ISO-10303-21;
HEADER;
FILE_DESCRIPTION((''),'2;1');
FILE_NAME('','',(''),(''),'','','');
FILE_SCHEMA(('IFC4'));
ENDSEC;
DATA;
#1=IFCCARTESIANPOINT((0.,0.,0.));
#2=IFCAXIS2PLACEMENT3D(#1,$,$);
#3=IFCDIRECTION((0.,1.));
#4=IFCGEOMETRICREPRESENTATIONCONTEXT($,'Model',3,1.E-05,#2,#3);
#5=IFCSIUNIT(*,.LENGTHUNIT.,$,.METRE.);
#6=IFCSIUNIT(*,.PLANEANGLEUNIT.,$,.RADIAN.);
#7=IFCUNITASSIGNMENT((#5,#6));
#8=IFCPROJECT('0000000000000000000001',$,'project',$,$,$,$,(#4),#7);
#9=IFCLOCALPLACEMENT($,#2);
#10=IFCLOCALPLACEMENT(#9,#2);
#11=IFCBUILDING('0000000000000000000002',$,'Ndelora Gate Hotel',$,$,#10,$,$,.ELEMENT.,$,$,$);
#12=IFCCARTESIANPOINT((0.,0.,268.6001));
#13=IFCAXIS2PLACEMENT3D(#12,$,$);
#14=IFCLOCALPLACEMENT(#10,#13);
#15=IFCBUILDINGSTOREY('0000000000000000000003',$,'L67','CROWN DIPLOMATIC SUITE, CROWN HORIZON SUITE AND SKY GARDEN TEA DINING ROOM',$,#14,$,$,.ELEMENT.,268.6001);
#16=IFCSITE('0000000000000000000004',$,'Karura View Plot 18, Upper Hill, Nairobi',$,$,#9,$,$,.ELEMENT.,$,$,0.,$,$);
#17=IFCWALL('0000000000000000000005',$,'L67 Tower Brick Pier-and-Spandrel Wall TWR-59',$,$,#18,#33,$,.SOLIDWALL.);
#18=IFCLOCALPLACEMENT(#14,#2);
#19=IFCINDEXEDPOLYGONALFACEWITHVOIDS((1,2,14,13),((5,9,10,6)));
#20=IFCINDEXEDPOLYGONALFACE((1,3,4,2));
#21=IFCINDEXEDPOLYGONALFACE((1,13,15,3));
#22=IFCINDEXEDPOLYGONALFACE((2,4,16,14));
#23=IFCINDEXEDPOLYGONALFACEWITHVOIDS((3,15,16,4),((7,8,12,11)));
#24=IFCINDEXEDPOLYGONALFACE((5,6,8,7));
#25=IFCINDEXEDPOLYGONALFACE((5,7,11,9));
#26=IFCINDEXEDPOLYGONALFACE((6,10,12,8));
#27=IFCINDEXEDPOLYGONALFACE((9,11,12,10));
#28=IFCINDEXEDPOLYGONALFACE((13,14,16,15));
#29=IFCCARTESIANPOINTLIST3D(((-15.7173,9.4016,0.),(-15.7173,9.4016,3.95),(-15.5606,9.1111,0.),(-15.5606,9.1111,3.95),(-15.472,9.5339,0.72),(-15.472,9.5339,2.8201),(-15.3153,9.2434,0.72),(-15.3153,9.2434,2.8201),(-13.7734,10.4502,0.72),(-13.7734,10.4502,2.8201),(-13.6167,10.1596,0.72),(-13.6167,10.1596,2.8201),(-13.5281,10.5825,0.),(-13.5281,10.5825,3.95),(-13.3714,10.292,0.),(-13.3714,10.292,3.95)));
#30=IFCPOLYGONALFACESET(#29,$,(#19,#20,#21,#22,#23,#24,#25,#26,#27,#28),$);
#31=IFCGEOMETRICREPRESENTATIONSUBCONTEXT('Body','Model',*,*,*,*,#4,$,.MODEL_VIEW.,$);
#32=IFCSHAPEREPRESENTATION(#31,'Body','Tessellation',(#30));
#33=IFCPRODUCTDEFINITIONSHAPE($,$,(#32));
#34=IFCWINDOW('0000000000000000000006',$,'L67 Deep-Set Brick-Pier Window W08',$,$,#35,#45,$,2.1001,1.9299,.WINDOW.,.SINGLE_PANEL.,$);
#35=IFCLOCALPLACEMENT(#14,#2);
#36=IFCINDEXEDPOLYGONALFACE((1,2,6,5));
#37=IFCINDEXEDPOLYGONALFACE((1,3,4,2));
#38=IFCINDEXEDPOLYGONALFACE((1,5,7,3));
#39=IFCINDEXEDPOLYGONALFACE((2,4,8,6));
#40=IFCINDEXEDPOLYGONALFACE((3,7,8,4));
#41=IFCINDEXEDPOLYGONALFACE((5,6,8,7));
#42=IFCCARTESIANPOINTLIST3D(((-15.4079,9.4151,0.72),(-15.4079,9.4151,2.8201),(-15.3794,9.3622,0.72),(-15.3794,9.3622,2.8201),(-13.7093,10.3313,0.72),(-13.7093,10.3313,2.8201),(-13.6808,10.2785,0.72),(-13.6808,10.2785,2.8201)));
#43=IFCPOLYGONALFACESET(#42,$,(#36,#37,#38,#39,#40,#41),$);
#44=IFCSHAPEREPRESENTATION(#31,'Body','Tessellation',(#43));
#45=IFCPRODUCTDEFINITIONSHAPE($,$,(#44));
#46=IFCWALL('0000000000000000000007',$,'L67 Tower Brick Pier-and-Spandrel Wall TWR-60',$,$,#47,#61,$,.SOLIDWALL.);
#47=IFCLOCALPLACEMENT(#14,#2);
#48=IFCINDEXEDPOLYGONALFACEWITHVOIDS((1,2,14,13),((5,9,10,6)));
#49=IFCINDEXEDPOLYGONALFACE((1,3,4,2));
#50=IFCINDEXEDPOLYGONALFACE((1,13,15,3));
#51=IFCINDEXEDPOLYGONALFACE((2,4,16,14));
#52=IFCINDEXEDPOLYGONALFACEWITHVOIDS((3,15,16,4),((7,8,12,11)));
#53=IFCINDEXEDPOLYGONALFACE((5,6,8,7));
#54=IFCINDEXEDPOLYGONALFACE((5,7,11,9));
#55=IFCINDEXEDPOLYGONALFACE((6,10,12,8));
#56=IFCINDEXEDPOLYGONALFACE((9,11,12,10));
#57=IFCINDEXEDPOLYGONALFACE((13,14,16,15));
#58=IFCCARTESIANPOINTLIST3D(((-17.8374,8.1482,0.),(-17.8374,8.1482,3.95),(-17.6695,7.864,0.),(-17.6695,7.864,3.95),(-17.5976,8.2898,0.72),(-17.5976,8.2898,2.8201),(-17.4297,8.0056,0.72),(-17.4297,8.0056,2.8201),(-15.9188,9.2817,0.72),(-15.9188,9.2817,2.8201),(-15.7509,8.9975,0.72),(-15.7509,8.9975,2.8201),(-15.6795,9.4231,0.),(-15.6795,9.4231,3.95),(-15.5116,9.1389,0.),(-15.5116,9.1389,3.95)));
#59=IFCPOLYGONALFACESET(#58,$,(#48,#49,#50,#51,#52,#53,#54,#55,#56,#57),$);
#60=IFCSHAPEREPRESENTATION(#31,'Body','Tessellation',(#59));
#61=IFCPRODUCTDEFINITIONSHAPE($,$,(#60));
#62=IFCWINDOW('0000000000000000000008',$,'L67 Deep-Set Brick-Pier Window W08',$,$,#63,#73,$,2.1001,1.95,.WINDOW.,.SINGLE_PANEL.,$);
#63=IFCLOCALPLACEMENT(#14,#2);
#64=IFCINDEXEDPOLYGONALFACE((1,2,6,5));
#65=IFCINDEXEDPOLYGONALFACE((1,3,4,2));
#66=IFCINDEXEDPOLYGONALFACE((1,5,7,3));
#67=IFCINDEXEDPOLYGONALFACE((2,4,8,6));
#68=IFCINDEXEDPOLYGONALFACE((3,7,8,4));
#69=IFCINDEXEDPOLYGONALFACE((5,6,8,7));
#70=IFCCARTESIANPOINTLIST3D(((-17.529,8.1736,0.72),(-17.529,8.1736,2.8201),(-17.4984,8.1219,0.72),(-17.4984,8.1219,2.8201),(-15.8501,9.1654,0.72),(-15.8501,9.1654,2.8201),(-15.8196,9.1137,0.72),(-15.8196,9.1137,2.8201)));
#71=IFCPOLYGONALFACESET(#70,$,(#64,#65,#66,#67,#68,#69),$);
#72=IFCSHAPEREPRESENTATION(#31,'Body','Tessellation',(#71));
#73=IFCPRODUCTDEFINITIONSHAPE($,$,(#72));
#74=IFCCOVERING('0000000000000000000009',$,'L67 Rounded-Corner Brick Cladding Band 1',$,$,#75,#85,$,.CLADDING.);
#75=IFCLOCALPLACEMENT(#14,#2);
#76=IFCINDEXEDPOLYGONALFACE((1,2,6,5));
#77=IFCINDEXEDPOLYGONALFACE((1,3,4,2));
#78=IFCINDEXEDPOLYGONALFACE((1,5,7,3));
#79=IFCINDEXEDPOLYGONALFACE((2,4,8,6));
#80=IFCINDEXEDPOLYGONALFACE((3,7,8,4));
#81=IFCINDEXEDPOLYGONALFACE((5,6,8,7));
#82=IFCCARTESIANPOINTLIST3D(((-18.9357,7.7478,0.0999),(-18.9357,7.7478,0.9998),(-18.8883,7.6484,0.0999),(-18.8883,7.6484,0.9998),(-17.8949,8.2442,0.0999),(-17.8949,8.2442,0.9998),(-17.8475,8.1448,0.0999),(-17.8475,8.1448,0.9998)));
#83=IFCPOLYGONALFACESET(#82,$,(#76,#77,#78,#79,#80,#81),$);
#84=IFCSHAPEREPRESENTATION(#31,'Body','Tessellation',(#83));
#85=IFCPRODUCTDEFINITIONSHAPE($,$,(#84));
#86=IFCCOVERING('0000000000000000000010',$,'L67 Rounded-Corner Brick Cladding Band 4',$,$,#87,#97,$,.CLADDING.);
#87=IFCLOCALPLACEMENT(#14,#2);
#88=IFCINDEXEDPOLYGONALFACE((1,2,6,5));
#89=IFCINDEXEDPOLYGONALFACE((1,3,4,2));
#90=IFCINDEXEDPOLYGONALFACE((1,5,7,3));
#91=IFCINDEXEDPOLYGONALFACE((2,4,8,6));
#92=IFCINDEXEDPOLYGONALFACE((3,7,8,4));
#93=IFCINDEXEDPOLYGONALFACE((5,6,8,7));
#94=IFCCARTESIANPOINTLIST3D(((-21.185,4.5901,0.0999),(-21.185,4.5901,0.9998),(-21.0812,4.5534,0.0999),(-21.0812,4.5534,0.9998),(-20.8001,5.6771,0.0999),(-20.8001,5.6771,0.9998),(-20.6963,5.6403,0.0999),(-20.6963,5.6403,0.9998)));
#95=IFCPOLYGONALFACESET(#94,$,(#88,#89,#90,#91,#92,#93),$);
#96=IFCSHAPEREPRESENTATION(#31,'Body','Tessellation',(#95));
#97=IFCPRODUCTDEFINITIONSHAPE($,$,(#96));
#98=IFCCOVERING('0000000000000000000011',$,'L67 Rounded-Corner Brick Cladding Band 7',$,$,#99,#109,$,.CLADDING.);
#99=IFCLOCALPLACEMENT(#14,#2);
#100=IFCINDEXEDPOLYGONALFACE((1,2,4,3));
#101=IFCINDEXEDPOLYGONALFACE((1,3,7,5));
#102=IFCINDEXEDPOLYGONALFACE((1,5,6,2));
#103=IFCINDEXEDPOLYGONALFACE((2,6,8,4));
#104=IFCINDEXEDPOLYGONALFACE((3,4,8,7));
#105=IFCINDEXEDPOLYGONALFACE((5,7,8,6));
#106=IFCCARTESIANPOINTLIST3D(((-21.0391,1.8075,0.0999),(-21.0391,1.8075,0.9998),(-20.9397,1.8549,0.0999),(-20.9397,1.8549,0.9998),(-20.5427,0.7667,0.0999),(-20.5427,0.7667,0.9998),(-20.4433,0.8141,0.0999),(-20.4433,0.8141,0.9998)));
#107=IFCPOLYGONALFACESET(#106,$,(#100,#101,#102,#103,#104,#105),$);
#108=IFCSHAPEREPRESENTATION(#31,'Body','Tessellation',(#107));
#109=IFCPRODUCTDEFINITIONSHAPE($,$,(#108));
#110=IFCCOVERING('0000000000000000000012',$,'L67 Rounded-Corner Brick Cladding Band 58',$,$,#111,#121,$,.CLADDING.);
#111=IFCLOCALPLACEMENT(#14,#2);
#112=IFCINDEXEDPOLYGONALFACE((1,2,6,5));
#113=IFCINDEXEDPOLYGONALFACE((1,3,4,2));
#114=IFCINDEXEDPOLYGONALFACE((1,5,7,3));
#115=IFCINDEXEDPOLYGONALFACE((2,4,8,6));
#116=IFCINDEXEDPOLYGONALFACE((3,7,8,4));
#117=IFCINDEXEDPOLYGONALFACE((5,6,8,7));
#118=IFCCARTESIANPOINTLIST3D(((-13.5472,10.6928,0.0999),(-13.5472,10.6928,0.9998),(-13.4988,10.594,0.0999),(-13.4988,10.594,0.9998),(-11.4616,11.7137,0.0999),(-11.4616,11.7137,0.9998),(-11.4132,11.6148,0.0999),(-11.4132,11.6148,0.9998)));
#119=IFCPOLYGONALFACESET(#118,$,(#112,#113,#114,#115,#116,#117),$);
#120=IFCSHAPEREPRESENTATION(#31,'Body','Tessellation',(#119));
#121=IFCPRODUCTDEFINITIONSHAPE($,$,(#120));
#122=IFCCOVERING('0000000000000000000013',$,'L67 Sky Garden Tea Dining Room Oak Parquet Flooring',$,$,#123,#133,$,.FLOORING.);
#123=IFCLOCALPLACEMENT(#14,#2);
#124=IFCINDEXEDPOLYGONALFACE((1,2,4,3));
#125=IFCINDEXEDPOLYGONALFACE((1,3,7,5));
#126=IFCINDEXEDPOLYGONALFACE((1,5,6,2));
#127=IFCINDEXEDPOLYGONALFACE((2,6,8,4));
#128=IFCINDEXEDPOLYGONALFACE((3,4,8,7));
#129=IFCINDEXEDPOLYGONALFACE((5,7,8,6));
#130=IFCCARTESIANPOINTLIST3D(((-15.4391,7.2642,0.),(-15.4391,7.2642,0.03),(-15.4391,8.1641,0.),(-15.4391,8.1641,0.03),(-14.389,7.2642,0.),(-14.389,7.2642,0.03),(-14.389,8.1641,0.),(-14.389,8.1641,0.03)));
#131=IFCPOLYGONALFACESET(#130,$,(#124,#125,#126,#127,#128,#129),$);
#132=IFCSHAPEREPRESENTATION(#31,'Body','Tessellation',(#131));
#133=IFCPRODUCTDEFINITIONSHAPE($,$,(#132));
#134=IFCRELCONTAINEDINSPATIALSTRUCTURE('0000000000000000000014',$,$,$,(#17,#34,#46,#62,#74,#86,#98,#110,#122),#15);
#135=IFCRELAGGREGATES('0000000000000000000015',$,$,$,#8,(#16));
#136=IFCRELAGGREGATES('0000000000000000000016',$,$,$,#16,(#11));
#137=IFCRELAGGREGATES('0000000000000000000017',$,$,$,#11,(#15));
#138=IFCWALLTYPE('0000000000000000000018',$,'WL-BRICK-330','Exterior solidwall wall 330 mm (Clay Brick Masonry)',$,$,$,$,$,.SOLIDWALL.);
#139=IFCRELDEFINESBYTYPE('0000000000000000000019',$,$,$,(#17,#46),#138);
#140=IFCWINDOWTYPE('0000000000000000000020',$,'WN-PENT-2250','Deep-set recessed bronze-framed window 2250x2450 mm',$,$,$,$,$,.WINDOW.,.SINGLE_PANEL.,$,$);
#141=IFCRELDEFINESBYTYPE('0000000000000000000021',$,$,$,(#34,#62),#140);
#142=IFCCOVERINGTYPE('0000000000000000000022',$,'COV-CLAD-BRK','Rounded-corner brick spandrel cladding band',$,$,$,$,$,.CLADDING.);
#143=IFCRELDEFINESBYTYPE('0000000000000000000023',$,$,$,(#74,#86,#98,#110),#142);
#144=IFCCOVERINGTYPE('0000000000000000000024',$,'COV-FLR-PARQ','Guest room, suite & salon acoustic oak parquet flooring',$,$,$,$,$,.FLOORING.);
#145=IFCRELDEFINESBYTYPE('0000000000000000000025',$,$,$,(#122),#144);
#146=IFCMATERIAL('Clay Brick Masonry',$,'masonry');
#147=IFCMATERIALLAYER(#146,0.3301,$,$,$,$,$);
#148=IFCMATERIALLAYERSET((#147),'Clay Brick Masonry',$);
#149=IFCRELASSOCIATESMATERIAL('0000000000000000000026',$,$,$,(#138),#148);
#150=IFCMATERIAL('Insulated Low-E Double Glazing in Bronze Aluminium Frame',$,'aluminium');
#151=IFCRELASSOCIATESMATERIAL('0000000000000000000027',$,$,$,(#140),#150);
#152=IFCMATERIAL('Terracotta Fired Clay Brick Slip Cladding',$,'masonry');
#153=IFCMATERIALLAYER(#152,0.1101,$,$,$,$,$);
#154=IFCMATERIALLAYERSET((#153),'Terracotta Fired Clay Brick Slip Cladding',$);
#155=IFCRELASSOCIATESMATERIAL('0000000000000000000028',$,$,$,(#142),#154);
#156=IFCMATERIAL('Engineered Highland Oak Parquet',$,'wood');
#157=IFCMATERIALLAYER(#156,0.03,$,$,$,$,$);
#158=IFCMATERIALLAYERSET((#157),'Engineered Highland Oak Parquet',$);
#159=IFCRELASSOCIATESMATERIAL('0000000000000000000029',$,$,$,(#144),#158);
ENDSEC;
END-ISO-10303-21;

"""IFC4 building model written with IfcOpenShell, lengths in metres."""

from ifc_helpers import new_model, si_unit, direction, frame, frame_2d, origin, origin_2d, place, context, subcontext, project, spatial, rectangle, extrude, material, layer, layer_set, type_object, element, fill, save


model = new_model("IFC4")

# Units and contexts
model_context = context("Model", 3, precision=1e-05, world=origin(), true_north=direction((0.0, 1.0)))
body_context = subcontext(model_context, "Body", "Model", "MODEL_VIEW")
ifc_project = project(units=[si_unit("LENGTHUNIT", "METRE"), si_unit("PLANEANGLEUNIT", "RADIAN")], contexts=[model_context])

# Site, building, storey
site_placement = place(None, origin())
site = spatial("IfcSite", under=ifc_project, at=site_placement, Name="Karura View Plot 18, Upper Hill, Nairobi", CompositionType="ELEMENT", RefElevation=0.0)
building_placement = place(site_placement, origin())
building = spatial("IfcBuilding", under=site, at=building_placement, Name="Ndelora Gate Hotel", CompositionType="ELEMENT")
storey_placement = place(building_placement, frame((0.0, 0.0, 268.6001)))
storey = spatial("IfcBuildingStorey", under=building, at=storey_placement, Name="L67", Description="CROWN DIPLOMATIC SUITE, CROWN HORIZON SUITE AND SKY GARDEN TEA DINING ROOM", CompositionType="ELEMENT", Elevation=268.6001)

# Shared definitions
ifc_material_1 = material(Name="Clay Brick Masonry", Category="masonry")
ifc_layer_1 = layer(ifc_material_1, 0.3301)
ifc_layer_set_1 = layer_set([ifc_layer_1], Name="Clay Brick Masonry")
wall_type = type_object("IfcWallType", Name="WL-BRICK-330", Description="Exterior solidwall wall 330 mm (Clay Brick Masonry)", PredefinedType="SOLIDWALL", material=ifc_layer_set_1)

# Walls, openings, windows
wall_1_placement = place(storey_placement, frame((-15.6389, 9.2563, 0.0), z_axis=(0.0, 0.0, 1.0), x_axis=(0.880118, 0.474755, 0.0)))
wall_1 = element("IfcWall", 1, at=wall_1_placement, inside=storey, type_object=wall_type, Name="L67 Tower Brick Pier-and-Spandrel Wall TWR-59", PredefinedType="SOLIDWALL", context=body_context, shape_type="SweptSolid", body=[
    extrude(rectangle(XDim=2.4873, YDim=0.3301, at=frame_2d((1.2437, 0.0))), origin(), (0.0, 0.0, 1.0), 3.95),
])
opening_1_placement = place(wall_1_placement, frame((0.2788, 0.0, 0.72)))
opening_1 = element("IfcOpeningElement", 2, at=opening_1_placement, cuts=wall_1, PredefinedType="OPENING", context=body_context, shape_type="SweptSolid", body=[
    extrude(rectangle(XDim=1.9299, YDim=2.1001, at=frame_2d((0.9648, 1.05))), frame((0.0, 0.175, 0.0), z_axis=(0.0, -1.0, 0.0), x_axis=(1.0, 0.0, 0.0)), (0.0, 0.0, 1.0), 0.3501),
])
ifc_material_2 = material(Name="Insulated Low-E Double Glazing in Bronze Aluminium Frame", Category="aluminium")
window_type = type_object("IfcWindowType", Name="WN-PENT-2250", Description="Deep-set recessed bronze-framed window 2250x2450 mm", PartitioningType="SINGLE_PANEL", PredefinedType="WINDOW", material=ifc_material_2)
window_1_placement = place(opening_1_placement, origin())
window_1 = element("IfcWindow", 3, at=window_1_placement, inside=storey, type_object=window_type, Name="L67 Deep-Set Brick-Pier Window W08", OverallHeight=2.1001, OverallWidth=1.9299, PartitioningType="SINGLE_PANEL", PredefinedType="WINDOW", context=body_context, shape_type="SweptSolid", body=[
    extrude(rectangle(XDim=1.9299, YDim=2.1001, at=frame_2d((0.9648, 1.05))), frame((0.0, 0.03, 0.0), z_axis=(0.0, -1.0, 0.0), x_axis=(1.0, 0.0, 0.0)), (0.0, 0.0, 1.0), 0.0601),
])
fill(opening_1, window_1)
wall_2_placement = place(storey_placement, frame((-17.7534, 8.0061, 0.0), z_axis=(0.0, 0.0, 1.0), x_axis=(0.860971, 0.508654, 0.0)))
wall_2 = element("IfcWall", 4, at=wall_2_placement, inside=storey, type_object=wall_type, Name="L67 Tower Brick Pier-and-Spandrel Wall TWR-60", PredefinedType="SOLIDWALL", context=body_context, shape_type="SweptSolid", body=[
    extrude(rectangle(XDim=2.5063, YDim=0.3301, at=frame_2d((1.2532, 0.0))), origin(), (0.0, 0.0, 1.0), 3.95),
])
opening_2_placement = place(wall_2_placement, frame((0.2783, 0.0, 0.72)))
opening_2 = element("IfcOpeningElement", 5, at=opening_2_placement, cuts=wall_2, PredefinedType="OPENING", context=body_context, shape_type="SweptSolid", body=[
    extrude(rectangle(XDim=1.95, YDim=2.1001, at=frame_2d((0.9751, 1.05))), frame((0.0, 0.175, 0.0), z_axis=(0.0, -1.0, 0.0), x_axis=(1.0, 0.0, 0.0)), (0.0, 0.0, 1.0), 0.3501),
])
window_2_placement = place(opening_2_placement, origin())
window_2 = element("IfcWindow", 6, at=window_2_placement, inside=storey, type_object=window_type, Name="L67 Deep-Set Brick-Pier Window W08", OverallHeight=2.1001, OverallWidth=1.95, PartitioningType="SINGLE_PANEL", PredefinedType="WINDOW", context=body_context, shape_type="SweptSolid", body=[
    extrude(rectangle(XDim=1.95, YDim=2.1001, at=frame_2d((0.9751, 1.05))), frame((0.0, 0.03, 0.0), z_axis=(0.0, -1.0, 0.0), x_axis=(1.0, 0.0, 0.0)), (0.0, 0.0, 1.0), 0.0601),
])
fill(opening_2, window_2)

# Coverings
ifc_material_3 = material(Name="Terracotta Fired Clay Brick Slip Cladding", Category="masonry")
ifc_layer_2 = layer(ifc_material_3, 0.1101)
ifc_layer_set_2 = layer_set([ifc_layer_2], Name="Terracotta Fired Clay Brick Slip Cladding")
covering_type_1 = type_object("IfcCoveringType", Name="COV-CLAD-BRK", Description="Rounded-corner brick spandrel cladding band", PredefinedType="CLADDING", material=ifc_layer_set_2)
for number, where, z_axis, x_axis, name in (
    (7, (-18.3916, 7.9463, 0.0999), (0.0, 0.0, 1.0), (0.902585, 0.430511, 0.0), "L67 Rounded-Corner Brick Cladding Band 1"),
    (8, (-20.9407, 5.1152, 0.0999), (0.0, 0.0, 1.0), (0.333807, 0.942641, 0.0), "L67 Rounded-Corner Brick Cladding Band 4"),
    (9, (-20.7412, 1.3108, 0.0999), (0.0, 0.0, 1.0), (-0.430511, 0.902585, 0.0), "L67 Rounded-Corner Brick Cladding Band 7"),
):
    element("IfcCovering", number, at=place(storey_placement, frame(where, z_axis=z_axis, x_axis=x_axis)), inside=storey, type_object=covering_type_1, Name=name, PredefinedType="CLADDING", context=body_context, shape_type="SweptSolid", body=[
        extrude(rectangle(XDim=1.1531, YDim=0.1101, at=origin_2d()), origin(), (0.0, 0.0, 1.0), 0.8999),
    ])
covering_1_placement = place(storey_placement, frame((-12.4802, 11.1538, 0.0999), z_axis=(0.0, 0.0, 1.0), x_axis=(0.898181, 0.439626, 0.0)))
element("IfcCovering", 10, at=covering_1_placement, inside=storey, type_object=covering_type_1, Name="L67 Rounded-Corner Brick Cladding Band 58", PredefinedType="CLADDING", context=body_context, shape_type="SweptSolid", body=[
    extrude(rectangle(XDim=2.322, YDim=0.1101, at=origin_2d()), origin(), (0.0, 0.0, 1.0), 0.8999),
])
ifc_material_4 = material(Name="Engineered Highland Oak Parquet", Category="wood")
ifc_layer_3 = layer(ifc_material_4, 0.03)
ifc_layer_set_3 = layer_set([ifc_layer_3], Name="Engineered Highland Oak Parquet")
covering_type_2 = type_object("IfcCoveringType", Name="COV-FLR-PARQ", Description="Guest room, suite & salon acoustic oak parquet flooring", PredefinedType="FLOORING", material=ifc_layer_set_3)
covering_2_placement = place(storey_placement, frame((-14.9141, 7.7141, 0.0), z_axis=(0.0, 0.0, 1.0), x_axis=(1.0, 0.0, 0.0)))
element("IfcCovering", 11, at=covering_2_placement, inside=storey, type_object=covering_type_2, Name="L67 Sky Garden Tea Dining Room Oak Parquet Flooring", PredefinedType="FLOORING", context=body_context, shape_type="SweptSolid", body=[
    extrude(rectangle(XDim=1.05, YDim=0.8999, at=origin_2d()), origin(), (0.0, 0.0, 1.0), 0.03),
])

save(model, "model.ifc")
